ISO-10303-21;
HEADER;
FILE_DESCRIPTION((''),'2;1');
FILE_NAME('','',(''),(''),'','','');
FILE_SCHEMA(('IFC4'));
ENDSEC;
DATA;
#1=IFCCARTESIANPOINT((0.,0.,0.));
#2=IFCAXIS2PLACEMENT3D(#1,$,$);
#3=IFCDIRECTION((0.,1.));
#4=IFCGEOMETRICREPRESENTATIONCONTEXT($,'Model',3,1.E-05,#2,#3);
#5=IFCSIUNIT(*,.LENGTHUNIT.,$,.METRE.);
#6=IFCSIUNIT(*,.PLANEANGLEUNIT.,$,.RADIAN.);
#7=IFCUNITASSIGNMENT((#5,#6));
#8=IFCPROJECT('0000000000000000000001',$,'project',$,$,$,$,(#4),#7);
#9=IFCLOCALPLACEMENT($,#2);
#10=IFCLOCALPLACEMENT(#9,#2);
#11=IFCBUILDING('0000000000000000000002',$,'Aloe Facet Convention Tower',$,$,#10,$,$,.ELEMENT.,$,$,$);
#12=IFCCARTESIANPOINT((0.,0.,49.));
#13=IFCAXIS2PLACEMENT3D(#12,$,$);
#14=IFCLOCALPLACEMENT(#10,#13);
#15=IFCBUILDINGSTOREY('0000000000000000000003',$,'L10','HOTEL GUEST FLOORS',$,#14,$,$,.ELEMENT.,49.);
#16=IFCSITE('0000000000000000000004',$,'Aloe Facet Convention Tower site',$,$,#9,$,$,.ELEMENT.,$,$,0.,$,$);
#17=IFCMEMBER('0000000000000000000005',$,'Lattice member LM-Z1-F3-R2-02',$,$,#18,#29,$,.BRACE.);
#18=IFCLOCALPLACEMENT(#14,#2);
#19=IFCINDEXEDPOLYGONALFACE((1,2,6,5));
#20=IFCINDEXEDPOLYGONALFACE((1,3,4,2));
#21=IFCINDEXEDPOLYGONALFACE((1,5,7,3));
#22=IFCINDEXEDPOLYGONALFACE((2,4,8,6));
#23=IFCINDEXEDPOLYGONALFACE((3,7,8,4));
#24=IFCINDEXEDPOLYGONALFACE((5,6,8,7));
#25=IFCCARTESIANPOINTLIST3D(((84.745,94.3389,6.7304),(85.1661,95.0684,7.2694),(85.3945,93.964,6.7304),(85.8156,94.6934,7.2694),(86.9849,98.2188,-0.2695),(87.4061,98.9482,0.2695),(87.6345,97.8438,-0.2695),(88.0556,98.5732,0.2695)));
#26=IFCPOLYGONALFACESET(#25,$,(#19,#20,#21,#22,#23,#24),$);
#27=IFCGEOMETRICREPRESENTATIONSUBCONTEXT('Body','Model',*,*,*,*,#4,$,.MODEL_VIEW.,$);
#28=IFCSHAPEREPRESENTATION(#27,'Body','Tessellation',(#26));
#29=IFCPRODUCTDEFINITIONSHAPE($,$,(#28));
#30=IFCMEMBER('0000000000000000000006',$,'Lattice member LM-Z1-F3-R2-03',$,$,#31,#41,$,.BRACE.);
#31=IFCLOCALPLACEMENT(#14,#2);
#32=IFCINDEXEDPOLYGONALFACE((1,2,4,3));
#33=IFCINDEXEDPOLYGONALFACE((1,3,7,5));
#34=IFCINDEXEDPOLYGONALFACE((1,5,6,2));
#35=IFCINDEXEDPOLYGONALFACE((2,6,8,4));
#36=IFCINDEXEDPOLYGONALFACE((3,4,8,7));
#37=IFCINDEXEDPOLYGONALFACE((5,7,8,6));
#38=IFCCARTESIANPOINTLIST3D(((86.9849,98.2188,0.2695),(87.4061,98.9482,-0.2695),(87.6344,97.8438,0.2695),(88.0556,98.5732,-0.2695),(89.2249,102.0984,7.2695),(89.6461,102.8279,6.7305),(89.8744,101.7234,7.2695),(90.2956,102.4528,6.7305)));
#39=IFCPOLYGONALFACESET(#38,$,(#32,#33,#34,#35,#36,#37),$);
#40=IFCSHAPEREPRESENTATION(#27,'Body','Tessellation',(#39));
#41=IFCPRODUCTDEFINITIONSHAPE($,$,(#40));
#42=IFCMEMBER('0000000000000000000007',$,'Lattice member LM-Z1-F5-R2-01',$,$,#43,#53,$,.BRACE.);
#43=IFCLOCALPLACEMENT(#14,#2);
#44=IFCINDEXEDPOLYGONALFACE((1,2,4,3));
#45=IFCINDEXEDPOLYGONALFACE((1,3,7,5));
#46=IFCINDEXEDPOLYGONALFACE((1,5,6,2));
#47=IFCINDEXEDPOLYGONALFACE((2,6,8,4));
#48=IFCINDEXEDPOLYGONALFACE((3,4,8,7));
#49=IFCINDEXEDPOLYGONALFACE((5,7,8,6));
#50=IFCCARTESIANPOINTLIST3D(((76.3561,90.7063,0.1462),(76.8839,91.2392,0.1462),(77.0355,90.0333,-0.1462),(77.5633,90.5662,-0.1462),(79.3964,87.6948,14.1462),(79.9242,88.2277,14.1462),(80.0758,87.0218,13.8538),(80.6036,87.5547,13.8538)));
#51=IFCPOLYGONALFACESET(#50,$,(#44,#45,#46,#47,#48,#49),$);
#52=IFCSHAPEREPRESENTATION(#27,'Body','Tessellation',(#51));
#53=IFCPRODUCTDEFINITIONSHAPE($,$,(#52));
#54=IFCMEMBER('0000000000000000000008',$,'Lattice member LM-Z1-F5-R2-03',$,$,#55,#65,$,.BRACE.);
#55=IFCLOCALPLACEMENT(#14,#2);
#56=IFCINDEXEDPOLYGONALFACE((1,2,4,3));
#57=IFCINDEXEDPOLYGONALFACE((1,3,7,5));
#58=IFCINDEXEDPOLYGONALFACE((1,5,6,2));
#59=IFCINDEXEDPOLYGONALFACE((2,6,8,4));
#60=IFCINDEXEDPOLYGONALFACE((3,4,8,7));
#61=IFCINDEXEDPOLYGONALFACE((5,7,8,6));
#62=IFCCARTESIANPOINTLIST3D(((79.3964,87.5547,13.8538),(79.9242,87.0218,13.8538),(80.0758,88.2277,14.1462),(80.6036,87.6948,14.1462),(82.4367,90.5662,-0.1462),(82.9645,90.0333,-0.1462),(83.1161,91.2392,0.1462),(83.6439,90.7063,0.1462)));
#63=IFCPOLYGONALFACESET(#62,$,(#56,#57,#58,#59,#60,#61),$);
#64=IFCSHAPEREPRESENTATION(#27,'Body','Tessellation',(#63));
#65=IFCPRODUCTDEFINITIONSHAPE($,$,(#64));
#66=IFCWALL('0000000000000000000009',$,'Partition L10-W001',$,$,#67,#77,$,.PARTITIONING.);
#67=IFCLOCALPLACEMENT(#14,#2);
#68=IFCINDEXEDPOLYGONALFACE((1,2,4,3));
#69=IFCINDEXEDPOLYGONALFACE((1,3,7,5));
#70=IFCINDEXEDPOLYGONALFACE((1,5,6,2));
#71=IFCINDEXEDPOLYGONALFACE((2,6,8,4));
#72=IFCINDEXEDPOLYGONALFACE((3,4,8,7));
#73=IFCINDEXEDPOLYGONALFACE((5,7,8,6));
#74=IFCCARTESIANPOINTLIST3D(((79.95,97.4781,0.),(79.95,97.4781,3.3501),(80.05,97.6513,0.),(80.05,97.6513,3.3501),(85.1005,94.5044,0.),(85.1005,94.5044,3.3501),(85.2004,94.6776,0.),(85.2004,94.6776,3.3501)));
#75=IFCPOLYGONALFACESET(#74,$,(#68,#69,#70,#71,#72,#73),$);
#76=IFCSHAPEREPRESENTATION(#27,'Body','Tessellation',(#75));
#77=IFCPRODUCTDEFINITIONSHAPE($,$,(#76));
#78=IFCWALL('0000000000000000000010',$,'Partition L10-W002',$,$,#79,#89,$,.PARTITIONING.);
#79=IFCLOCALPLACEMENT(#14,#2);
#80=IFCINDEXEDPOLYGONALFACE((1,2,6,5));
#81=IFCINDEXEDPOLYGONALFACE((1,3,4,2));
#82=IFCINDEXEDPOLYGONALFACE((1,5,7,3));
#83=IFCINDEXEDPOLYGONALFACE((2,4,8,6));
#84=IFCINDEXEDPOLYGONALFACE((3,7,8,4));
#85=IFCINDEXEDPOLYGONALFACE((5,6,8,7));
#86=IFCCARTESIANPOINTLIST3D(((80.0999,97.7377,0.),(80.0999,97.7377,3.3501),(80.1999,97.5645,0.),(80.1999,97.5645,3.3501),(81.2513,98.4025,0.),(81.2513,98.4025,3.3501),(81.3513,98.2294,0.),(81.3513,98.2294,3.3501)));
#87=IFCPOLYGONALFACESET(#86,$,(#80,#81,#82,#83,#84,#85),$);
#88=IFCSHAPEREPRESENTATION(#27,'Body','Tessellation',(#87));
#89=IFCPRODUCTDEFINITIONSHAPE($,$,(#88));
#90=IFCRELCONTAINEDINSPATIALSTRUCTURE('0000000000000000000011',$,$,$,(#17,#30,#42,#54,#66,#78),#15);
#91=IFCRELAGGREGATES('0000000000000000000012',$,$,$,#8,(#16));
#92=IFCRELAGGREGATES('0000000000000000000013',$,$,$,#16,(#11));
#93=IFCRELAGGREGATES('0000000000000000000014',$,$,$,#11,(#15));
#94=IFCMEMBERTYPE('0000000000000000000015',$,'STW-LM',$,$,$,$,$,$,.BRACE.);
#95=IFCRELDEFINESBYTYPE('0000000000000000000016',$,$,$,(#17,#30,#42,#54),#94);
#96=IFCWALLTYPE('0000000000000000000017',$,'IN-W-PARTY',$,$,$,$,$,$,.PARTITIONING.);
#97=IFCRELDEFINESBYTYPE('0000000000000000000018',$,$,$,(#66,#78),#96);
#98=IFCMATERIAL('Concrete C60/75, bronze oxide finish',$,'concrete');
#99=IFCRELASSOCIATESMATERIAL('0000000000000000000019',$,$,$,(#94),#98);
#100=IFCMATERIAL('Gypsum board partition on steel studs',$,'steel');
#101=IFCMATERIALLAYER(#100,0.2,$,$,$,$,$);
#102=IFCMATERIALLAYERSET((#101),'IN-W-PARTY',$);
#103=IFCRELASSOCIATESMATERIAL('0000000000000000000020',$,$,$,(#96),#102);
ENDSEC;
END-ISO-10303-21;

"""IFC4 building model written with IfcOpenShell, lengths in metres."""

from ifc_helpers import new_model, si_unit, direction, frame, frame_2d, origin, origin_2d, place, context, subcontext, project, spatial, rectangle, extrude, material, layer, layer_set, material_profile, profile_set, type_object, element, save


model = new_model("IFC4")

# Units and contexts
model_context = context("Model", 3, precision=1e-05, world=origin(), true_north=direction((0.0, 1.0)))
body_context = subcontext(model_context, "Body", "Model", "MODEL_VIEW")
ifc_project = project(units=[si_unit("LENGTHUNIT", "METRE"), si_unit("PLANEANGLEUNIT", "RADIAN")], contexts=[model_context])

# Site, building, storey
site_placement = place(None, origin())
site = spatial("IfcSite", under=ifc_project, at=site_placement, Name="Aloe Facet Convention Tower site", CompositionType="ELEMENT", RefElevation=0.0)
building_placement = place(site_placement, origin())
building = spatial("IfcBuilding", under=site, at=building_placement, Name="Aloe Facet Convention Tower", CompositionType="ELEMENT")
storey_placement = place(building_placement, frame((0.0, 0.0, 49.0)))
storey = spatial("IfcBuildingStorey", under=building, at=storey_placement, Name="L10", Description="HOTEL GUEST FLOORS", CompositionType="ELEMENT", Elevation=49.0)

# Members
ifc_material_1 = material(Name="Concrete C60/75, bronze oxide finish", Category="concrete")
ifc_material_profile_1 = material_profile(ifc_material_1, rectangle(XDim=0.75, YDim=1.0, at=origin_2d()), Name="STW-LM")
ifc_profile_set_1 = profile_set([ifc_material_profile_1], Name="Concrete C60/75, bronze oxide finish")
member_type = type_object("IfcMemberType", Name="STW-LM", PredefinedType="BRACE", material=ifc_profile_set_1)
for number, where, z_axis, x_axis, name in (
    (1, (87.5203, 98.396, 0.0), (-0.269524, -0.466843, 0.842267), (0.866031, -0.49999, 0.0), "Lattice member LM-Z1-F3-R2-02"),
    (2, (87.5203, 98.396, 0.0), (0.269528, 0.46682, 0.842279), (-0.866018, 0.500013, 0.0), "Lattice member LM-Z1-F3-R2-03"),
):
    element("IfcMember", number, at=place(storey_placement, frame(where, z_axis=z_axis, x_axis=x_axis)), inside=storey, type_object=member_type, Name=name, PredefinedType="BRACE", context=body_context, shape_type="SweptSolid", body=[
        extrude(rectangle(XDim=0.75, YDim=1.0, at=origin_2d()), origin(), (0.0, 0.0, 1.0), 8.3108),
    ])
for number, where, z_axis, x_axis, name in (
    (3, (76.9597, 90.6362, 0.0), (0.207678, -0.20571, 0.956323), (0.703733, 0.710465, 0.0), "Lattice member LM-Z1-F5-R2-01"),
    (4, (83.0403, 90.6362, 0.0), (-0.207678, -0.20571, 0.956323), (0.703733, -0.710465, 0.0), "Lattice member LM-Z1-F5-R2-03"),
):
    element("IfcMember", number, at=place(storey_placement, frame(where, z_axis=z_axis, x_axis=x_axis)), inside=storey, type_object=member_type, Name=name, PredefinedType="BRACE", context=body_context, shape_type="SweptSolid", body=[
        extrude(rectangle(XDim=0.75, YDim=1.0, at=origin_2d()), origin(), (0.0, 0.0, 1.0), 14.6394),
    ])

# Walls
ifc_material_2 = material(Name="Gypsum board partition on steel studs", Category="steel")
ifc_layer_1 = layer(ifc_material_2, 0.2)
ifc_layer_set_1 = layer_set([ifc_layer_1], Name="IN-W-PARTY")
wall_type_1 = type_object("IfcWallType", Name="IN-W-PARTY", PredefinedType="PARTITIONING", material=ifc_layer_set_1)
wall_1_placement = place(storey_placement, frame((80.0, 97.5647, 0.0), z_axis=(0.0, 0.0, 1.0), x_axis=(0.866022, -0.500007, 0.0)))
element("IfcWall", 5, at=wall_1_placement, inside=storey, type_object=wall_type_1, Name="Partition L10-W001", PredefinedType="PARTITIONING", context=body_context, shape_type="SweptSolid", body=[
    extrude(rectangle(XDim=5.9473, YDim=0.2, at=frame_2d((2.9736, 0.0))), origin(), (0.0, 0.0, 1.0), 3.3501),
])
wall_2_placement = place(storey_placement, frame((80.1499, 97.6511, 0.0), z_axis=(0.0, 0.0, 1.0), x_axis=(0.866008, 0.50003, 0.0)))
element("IfcWall", 6, at=wall_2_placement, inside=storey, type_object=wall_type_1, Name="Partition L10-W002", PredefinedType="PARTITIONING", context=body_context, shape_type="SweptSolid", body=[
    extrude(rectangle(XDim=1.3296, YDim=0.2, at=frame_2d((0.6648, 0.0))), origin(), (0.0, 0.0, 1.0), 3.3501),
])

save(model, "model.ifc")
